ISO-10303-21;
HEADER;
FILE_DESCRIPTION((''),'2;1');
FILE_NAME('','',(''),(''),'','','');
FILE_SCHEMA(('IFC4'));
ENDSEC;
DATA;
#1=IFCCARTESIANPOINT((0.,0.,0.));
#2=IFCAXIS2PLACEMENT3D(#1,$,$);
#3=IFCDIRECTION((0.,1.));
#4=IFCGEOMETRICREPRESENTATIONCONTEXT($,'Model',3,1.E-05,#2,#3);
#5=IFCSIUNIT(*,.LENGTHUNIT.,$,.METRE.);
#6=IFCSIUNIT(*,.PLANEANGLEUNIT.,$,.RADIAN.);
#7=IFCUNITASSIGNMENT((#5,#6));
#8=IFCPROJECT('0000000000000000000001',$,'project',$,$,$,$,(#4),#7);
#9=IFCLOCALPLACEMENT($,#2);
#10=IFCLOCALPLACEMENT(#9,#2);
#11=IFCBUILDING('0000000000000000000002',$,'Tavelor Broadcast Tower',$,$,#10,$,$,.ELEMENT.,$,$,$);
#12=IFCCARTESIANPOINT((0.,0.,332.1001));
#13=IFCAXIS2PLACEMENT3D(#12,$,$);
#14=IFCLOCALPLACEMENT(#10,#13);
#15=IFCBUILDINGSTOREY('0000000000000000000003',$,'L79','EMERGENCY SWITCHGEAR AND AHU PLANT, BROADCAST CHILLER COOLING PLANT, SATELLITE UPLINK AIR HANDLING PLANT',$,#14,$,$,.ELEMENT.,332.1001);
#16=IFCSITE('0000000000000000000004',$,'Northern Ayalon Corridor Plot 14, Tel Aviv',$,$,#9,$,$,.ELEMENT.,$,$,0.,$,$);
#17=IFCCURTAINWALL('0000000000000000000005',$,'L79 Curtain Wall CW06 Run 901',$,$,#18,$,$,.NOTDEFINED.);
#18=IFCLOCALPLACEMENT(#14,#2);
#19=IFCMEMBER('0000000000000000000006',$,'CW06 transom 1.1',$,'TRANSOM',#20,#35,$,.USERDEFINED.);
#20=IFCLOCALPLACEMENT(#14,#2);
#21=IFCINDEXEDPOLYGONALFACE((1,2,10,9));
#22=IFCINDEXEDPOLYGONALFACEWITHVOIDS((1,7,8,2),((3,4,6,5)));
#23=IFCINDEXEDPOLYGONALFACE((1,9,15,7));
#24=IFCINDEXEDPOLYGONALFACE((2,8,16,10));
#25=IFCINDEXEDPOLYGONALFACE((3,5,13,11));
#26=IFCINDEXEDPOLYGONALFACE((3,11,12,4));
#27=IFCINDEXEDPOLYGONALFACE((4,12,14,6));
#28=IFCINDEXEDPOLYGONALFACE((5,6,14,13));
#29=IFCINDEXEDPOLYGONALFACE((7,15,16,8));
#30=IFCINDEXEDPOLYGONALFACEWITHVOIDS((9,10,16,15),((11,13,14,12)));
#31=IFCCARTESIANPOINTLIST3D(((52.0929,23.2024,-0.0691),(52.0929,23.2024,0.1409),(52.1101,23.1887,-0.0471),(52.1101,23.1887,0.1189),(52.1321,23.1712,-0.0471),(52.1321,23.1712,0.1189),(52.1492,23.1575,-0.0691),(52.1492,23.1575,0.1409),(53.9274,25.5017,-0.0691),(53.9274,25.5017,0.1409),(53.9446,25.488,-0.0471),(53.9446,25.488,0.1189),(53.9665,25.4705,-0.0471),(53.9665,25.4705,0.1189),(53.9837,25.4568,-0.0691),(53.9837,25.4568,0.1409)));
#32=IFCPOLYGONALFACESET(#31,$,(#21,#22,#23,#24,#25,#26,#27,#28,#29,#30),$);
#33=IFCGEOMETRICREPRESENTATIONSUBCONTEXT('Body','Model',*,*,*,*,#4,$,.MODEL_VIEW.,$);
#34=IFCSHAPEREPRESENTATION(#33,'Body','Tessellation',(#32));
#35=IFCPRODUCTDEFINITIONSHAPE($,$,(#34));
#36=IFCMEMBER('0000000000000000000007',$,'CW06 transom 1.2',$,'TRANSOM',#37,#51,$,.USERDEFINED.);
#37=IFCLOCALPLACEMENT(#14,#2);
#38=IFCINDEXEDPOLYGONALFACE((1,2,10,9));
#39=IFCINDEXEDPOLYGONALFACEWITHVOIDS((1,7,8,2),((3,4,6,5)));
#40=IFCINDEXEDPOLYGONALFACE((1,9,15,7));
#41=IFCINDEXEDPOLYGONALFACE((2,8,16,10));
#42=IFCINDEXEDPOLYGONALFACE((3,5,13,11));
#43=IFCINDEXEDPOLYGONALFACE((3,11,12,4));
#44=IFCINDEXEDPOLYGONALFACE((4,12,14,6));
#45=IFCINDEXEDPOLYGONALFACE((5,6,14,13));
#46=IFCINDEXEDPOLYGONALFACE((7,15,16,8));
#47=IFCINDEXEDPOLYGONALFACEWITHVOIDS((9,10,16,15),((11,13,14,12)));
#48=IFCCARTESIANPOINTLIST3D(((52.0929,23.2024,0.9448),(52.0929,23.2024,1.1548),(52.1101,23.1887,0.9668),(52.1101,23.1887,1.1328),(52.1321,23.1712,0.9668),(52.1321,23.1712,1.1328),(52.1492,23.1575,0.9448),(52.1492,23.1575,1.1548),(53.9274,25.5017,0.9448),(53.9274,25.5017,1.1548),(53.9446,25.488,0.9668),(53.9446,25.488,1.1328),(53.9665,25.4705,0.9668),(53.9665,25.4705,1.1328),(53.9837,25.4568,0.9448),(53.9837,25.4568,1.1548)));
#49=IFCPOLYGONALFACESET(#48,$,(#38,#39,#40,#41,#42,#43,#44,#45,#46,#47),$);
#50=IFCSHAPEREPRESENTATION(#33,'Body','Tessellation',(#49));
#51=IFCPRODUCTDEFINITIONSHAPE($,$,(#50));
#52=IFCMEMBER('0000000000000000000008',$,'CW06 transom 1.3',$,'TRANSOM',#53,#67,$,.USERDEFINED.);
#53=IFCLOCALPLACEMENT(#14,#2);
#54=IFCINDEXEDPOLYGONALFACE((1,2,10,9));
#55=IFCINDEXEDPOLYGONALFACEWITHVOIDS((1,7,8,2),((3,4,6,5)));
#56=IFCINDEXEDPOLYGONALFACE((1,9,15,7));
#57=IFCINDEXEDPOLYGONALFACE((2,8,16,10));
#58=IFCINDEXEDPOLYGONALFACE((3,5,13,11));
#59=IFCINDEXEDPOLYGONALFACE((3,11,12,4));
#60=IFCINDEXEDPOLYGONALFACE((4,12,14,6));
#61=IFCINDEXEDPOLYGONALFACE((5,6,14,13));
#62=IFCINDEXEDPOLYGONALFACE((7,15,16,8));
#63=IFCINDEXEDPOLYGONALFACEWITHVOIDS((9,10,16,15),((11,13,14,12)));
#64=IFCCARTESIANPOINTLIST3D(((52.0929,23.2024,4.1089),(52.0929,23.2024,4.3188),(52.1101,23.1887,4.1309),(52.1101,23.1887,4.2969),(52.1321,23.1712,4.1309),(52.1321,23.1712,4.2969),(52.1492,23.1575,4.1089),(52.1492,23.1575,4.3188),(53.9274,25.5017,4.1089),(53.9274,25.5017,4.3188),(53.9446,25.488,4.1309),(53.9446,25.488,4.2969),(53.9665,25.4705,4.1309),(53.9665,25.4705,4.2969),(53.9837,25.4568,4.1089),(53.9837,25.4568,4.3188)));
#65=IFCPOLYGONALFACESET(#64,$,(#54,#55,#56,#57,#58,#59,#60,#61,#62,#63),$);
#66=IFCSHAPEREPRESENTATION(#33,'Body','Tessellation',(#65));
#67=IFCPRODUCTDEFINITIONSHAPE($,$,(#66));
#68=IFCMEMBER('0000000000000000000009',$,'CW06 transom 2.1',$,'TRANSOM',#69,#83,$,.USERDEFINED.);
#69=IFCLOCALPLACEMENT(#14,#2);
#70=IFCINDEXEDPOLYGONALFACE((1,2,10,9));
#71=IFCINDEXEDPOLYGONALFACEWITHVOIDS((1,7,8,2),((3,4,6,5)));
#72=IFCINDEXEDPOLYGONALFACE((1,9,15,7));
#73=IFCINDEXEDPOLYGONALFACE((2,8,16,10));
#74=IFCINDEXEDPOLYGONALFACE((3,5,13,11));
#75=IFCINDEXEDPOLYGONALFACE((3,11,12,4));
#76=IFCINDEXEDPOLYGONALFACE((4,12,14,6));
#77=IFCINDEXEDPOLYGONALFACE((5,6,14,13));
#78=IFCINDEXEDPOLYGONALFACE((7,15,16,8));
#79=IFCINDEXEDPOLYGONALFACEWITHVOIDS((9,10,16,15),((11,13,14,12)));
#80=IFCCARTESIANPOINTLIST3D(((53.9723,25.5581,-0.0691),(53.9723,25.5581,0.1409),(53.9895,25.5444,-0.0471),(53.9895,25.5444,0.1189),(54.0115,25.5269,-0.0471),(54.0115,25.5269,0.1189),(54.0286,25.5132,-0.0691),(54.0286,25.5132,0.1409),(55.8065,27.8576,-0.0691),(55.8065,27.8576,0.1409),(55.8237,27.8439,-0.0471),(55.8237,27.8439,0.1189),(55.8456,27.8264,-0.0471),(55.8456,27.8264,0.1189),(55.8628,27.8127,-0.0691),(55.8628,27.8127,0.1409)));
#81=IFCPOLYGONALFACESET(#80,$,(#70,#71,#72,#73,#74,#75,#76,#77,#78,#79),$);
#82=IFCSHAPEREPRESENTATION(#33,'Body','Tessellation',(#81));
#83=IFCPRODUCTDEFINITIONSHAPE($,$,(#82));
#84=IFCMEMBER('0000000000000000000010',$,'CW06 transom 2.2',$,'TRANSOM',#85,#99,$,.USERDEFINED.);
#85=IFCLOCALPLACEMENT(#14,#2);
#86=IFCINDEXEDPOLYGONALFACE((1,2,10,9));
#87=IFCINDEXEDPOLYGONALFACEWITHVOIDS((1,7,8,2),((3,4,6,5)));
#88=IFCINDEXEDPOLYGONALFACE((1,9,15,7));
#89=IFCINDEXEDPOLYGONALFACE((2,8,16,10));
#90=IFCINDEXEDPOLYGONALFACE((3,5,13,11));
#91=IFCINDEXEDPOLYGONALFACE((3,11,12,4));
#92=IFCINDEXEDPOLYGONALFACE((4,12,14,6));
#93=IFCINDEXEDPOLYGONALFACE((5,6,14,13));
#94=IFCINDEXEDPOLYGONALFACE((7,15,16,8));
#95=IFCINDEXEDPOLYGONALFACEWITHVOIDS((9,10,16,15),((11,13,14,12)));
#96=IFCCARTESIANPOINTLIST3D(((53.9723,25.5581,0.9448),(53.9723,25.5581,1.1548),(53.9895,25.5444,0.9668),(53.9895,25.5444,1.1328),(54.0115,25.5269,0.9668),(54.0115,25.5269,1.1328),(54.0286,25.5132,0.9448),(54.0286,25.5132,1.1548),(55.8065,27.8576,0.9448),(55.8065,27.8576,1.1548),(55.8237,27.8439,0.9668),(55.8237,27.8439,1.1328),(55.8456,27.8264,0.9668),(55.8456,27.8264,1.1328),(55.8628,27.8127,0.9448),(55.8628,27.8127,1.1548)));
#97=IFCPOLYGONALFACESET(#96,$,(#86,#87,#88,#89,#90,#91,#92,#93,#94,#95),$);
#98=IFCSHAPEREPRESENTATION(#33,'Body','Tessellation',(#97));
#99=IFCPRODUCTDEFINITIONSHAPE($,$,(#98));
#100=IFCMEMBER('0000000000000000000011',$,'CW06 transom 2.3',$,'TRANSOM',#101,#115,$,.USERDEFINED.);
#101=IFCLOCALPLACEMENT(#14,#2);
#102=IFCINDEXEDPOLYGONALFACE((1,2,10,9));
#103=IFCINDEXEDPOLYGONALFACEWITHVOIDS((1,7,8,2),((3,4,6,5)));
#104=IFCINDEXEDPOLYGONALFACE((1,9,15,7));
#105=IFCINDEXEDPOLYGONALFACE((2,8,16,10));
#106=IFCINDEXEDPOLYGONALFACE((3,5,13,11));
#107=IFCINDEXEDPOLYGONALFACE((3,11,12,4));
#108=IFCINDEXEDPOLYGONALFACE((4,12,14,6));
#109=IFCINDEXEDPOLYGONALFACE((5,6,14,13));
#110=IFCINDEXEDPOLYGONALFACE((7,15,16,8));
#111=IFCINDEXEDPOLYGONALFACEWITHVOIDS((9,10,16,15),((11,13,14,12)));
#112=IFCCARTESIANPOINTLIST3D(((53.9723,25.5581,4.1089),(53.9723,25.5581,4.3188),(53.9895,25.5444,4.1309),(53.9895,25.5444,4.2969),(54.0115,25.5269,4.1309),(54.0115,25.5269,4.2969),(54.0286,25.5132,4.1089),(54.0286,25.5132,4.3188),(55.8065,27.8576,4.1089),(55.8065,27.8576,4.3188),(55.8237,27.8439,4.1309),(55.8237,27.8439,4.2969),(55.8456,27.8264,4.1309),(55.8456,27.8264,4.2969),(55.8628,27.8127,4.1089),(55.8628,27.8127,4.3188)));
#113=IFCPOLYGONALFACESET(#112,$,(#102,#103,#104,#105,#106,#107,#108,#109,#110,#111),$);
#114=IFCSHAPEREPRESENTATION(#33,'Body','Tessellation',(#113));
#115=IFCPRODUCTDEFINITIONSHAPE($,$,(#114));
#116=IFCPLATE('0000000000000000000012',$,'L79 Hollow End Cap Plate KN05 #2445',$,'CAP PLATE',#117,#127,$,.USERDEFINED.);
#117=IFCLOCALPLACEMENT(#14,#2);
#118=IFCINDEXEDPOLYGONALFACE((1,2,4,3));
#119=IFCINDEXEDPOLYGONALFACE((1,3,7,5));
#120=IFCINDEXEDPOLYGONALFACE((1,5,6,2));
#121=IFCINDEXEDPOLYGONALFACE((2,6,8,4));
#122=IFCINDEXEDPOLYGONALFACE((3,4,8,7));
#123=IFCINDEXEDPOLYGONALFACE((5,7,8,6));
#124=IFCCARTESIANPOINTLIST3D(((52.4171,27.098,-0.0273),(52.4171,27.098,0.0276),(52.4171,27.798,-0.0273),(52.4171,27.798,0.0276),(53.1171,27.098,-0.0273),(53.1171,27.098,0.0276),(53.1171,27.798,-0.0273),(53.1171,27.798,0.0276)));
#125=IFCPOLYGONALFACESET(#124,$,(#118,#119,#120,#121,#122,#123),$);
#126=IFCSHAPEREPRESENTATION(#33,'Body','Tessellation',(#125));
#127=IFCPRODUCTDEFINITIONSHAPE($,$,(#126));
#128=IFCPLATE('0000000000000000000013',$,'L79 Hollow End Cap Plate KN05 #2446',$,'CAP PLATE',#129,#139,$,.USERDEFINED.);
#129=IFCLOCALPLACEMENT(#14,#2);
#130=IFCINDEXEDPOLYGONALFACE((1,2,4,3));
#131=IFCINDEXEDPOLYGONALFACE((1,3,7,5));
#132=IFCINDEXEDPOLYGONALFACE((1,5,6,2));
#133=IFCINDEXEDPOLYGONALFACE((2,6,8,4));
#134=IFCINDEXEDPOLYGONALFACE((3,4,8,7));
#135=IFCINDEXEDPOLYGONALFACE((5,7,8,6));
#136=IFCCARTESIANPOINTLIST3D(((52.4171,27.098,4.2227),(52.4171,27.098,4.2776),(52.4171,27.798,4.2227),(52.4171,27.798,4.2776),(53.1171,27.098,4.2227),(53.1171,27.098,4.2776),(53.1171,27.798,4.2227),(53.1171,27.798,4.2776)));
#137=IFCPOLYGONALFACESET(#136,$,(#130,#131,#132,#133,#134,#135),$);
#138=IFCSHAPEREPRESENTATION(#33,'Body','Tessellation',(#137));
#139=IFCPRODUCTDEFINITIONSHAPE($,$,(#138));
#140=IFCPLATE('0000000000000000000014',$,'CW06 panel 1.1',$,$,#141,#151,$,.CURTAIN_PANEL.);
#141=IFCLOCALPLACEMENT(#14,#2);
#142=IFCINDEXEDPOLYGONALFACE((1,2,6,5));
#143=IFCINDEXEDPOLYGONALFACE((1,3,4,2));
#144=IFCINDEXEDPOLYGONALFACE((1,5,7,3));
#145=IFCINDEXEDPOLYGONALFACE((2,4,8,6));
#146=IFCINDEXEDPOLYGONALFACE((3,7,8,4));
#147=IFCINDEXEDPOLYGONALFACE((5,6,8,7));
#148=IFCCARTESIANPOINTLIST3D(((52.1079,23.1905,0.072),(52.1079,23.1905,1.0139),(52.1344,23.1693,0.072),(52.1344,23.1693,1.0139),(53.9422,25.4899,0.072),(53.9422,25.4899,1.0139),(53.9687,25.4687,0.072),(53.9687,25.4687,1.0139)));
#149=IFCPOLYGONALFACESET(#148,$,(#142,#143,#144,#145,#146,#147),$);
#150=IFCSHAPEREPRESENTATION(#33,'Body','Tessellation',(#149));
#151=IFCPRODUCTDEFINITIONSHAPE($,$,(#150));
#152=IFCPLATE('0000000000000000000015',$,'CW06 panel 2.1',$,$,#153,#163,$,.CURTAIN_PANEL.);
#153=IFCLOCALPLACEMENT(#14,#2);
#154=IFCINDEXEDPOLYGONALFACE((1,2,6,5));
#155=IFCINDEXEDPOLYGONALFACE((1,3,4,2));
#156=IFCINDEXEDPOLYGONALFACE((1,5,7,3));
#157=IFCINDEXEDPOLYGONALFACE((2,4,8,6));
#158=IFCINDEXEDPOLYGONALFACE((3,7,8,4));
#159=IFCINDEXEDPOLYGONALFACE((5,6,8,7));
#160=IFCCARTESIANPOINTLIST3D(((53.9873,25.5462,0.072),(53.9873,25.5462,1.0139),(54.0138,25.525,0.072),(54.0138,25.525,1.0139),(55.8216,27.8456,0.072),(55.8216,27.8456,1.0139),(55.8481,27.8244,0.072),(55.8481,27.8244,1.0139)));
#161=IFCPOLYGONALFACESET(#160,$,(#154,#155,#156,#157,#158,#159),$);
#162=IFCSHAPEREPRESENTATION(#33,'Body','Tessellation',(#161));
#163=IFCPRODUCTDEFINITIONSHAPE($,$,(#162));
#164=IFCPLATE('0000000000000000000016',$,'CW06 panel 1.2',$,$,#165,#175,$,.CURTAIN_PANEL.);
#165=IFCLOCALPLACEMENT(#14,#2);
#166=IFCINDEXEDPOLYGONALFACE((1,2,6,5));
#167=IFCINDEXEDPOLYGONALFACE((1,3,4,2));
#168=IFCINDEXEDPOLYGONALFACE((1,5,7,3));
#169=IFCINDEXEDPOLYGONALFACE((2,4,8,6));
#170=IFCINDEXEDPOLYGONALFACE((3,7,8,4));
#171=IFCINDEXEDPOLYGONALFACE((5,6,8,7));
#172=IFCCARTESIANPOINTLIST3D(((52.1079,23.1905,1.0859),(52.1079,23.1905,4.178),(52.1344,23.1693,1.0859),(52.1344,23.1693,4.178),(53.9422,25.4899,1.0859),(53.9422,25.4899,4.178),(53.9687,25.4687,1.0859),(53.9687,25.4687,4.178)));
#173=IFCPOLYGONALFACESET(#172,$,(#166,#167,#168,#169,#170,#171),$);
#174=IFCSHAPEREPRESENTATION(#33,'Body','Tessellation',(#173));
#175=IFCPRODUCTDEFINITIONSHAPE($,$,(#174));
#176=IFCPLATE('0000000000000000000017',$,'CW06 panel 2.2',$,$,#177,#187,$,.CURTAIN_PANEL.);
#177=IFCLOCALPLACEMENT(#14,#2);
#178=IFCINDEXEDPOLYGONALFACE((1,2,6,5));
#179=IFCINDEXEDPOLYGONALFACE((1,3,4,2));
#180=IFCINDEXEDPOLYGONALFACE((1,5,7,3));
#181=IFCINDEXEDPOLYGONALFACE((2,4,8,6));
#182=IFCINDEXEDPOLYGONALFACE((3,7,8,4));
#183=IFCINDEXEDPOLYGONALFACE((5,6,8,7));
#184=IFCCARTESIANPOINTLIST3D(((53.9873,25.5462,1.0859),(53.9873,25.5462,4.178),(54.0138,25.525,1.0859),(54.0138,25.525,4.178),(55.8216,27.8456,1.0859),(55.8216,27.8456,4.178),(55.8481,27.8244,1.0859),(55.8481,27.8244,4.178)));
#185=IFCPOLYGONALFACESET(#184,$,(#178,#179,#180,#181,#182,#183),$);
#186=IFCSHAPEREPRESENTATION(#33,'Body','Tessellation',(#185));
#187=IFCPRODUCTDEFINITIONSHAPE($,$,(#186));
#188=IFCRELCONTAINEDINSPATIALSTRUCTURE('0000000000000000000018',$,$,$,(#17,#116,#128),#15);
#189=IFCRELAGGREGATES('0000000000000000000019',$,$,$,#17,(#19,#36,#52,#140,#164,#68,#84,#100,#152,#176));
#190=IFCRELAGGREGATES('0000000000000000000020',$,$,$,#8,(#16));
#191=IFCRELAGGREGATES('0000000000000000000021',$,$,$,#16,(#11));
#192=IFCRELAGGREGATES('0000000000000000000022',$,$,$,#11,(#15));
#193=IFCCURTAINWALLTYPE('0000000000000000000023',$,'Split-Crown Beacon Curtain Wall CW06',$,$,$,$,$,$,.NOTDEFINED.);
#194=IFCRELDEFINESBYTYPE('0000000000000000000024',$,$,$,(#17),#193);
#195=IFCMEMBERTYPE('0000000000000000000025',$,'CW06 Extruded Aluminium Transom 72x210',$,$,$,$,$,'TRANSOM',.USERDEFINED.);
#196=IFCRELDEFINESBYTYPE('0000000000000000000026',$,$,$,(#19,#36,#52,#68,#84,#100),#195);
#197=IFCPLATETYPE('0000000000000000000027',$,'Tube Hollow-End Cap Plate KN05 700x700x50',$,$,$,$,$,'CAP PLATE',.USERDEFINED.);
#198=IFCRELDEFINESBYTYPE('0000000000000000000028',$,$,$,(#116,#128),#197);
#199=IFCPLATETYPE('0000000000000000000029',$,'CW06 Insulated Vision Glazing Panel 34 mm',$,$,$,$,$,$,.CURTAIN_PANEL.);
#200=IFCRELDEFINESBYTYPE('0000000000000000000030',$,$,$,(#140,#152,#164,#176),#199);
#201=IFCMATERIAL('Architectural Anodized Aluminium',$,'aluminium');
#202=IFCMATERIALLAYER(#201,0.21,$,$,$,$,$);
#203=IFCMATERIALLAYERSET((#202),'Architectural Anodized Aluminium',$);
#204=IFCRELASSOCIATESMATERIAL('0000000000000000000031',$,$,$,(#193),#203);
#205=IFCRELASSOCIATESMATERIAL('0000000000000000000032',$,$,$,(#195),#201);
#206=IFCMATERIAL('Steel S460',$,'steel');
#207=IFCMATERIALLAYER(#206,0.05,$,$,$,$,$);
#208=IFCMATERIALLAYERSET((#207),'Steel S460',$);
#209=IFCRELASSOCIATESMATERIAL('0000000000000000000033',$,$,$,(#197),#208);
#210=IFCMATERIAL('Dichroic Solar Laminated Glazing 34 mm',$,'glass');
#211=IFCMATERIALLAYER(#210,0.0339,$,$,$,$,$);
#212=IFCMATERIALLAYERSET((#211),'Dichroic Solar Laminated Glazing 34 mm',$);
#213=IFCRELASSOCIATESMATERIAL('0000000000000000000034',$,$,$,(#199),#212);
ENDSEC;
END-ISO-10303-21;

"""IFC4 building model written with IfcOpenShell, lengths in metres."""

from ifc_helpers import new_model, si_unit, direction, frame, origin, origin_2d, place, context, subcontext, project, spatial, rectangle, hollow_rectangle, extrude, source, transform, mapped, material, layer, layer_set, material_profile, profile_set, type_object, type_shapes, element, aggregate, save


model = new_model("IFC4")

# Units and contexts
model_context = context("Model", 3, precision=1e-05, world=origin(), true_north=direction((0.0, 1.0)))
body_context = subcontext(model_context, "Body", "Model", "MODEL_VIEW")
ifc_project = project(units=[si_unit("LENGTHUNIT", "METRE"), si_unit("PLANEANGLEUNIT", "RADIAN")], contexts=[model_context])

# Site, building, storey
site_placement = place(None, origin())
site = spatial("IfcSite", under=ifc_project, at=site_placement, Name="Northern Ayalon Corridor Plot 14, Tel Aviv", CompositionType="ELEMENT", RefElevation=0.0)
building_placement = place(site_placement, origin())
building = spatial("IfcBuilding", under=site, at=building_placement, Name="Tavelor Broadcast Tower", CompositionType="ELEMENT")
storey_placement = place(building_placement, frame((0.0, 0.0, 332.1001)))
storey = spatial("IfcBuildingStorey", under=building, at=storey_placement, Name="L79", Description="EMERGENCY SWITCHGEAR AND AHU PLANT, BROADCAST CHILLER COOLING PLANT, SATELLITE UPLINK AIR HANDLING PLANT", CompositionType="ELEMENT", Elevation=332.1001)

# Curtain wall
ifc_material_1 = material(Name="Architectural Anodized Aluminium", Category="aluminium")
ifc_layer_1 = layer(ifc_material_1, 0.21)
ifc_layer_set_1 = layer_set([ifc_layer_1], Name="Architectural Anodized Aluminium")
curtain_wall_type = type_object("IfcCurtainWallType", Name="Split-Crown Beacon Curtain Wall CW06", PredefinedType="NOTDEFINED", material=ifc_layer_set_1)
curtain_wall_1_placement = place(storey_placement, origin())
curtain_wall_1 = element("IfcCurtainWall", 1, at=curtain_wall_1_placement, inside=storey, type_object=curtain_wall_type, Name="L79 Curtain Wall CW06 Run 901", PredefinedType="NOTDEFINED")

# Members
ifc_material_profile_1 = material_profile(ifc_material_1, hollow_rectangle(XDim=0.072, YDim=0.21, WallThickness=0.022, at=origin_2d()), Name="RHS 72x210x22")
ifc_profile_set_1 = profile_set([ifc_material_profile_1], Name="Architectural Anodized Aluminium")
member_type_1 = type_object("IfcMemberType", Name="CW06 Extruded Aluminium Transom 72x210", ElementType="TRANSOM", PredefinedType="USERDEFINED", material=ifc_profile_set_1)
shared_shape_1 = source(origin(), body_context, "Body", "SweptSolid", [
    extrude(hollow_rectangle(XDim=0.072, YDim=0.21, WallThickness=0.022, at=origin_2d()), origin(), (0.0, 0.0, 1.0), 2.9414),
])
member_1_placement = place(storey_placement, frame((52.1211, 23.1799, 0.0359), z_axis=(0.623662, 0.781694, 0.0), x_axis=(-0.781694, 0.623662, 0.0)))
member_1 = element("IfcMember", 2, at=member_1_placement, type_object=member_type_1, Name="CW06 transom 1.1", ObjectType="TRANSOM", PredefinedType="USERDEFINED", context=body_context, shape_type="MappedRepresentation", body=[
    mapped(shared_shape_1, transform((0.0, 0.0, 0.0), scale=1.0)),
])
member_2_placement = place(storey_placement, frame((52.1211, 23.1799, 1.0498), z_axis=(0.623662, 0.781694, 0.0), x_axis=(-0.781694, 0.623662, 0.0)))
member_2 = element("IfcMember", 3, at=member_2_placement, type_object=member_type_1, Name="CW06 transom 1.2", ObjectType="TRANSOM", PredefinedType="USERDEFINED", context=body_context, shape_type="MappedRepresentation", body=[
    mapped(shared_shape_1, transform((0.0, 0.0, 0.0), scale=1.0)),
])
member_3_placement = place(storey_placement, frame((52.1211, 23.1799, 4.2139), z_axis=(0.623662, 0.781694, 0.0), x_axis=(-0.781694, 0.623662, 0.0)))
member_3 = element("IfcMember", 4, at=member_3_placement, type_object=member_type_1, Name="CW06 transom 1.3", ObjectType="TRANSOM", PredefinedType="USERDEFINED", context=body_context, shape_type="MappedRepresentation", body=[
    mapped(shared_shape_1, transform((0.0, 0.0, 0.0), scale=1.0)),
])
member_4_placement = place(storey_placement, frame((54.0005, 25.5356, 0.0359), z_axis=(0.623571, 0.781767, 0.0), x_axis=(-0.781767, 0.623571, 0.0)))
member_4 = element("IfcMember", 5, at=member_4_placement, type_object=member_type_1, Name="CW06 transom 2.1", ObjectType="TRANSOM", PredefinedType="USERDEFINED", context=body_context, shape_type="MappedRepresentation", body=[
    mapped(shared_shape_1, transform((0.0, 0.0, 0.0), scale=1.0)),
])
member_5_placement = place(storey_placement, frame((54.0005, 25.5356, 1.0498), z_axis=(0.623571, 0.781767, 0.0), x_axis=(-0.781767, 0.623571, 0.0)))
member_5 = element("IfcMember", 6, at=member_5_placement, type_object=member_type_1, Name="CW06 transom 2.2", ObjectType="TRANSOM", PredefinedType="USERDEFINED", context=body_context, shape_type="MappedRepresentation", body=[
    mapped(shared_shape_1, transform((0.0, 0.0, 0.0), scale=1.0)),
])
member_6_placement = place(storey_placement, frame((54.0005, 25.5356, 4.2139), z_axis=(0.623571, 0.781767, 0.0), x_axis=(-0.781767, 0.623571, 0.0)))
member_6 = element("IfcMember", 7, at=member_6_placement, type_object=member_type_1, Name="CW06 transom 2.3", ObjectType="TRANSOM", PredefinedType="USERDEFINED", context=body_context, shape_type="MappedRepresentation", body=[
    mapped(shared_shape_1, transform((0.0, 0.0, 0.0), scale=1.0)),
])

# Plates
ifc_material_2 = material(Name="Steel S460", Category="steel")
ifc_layer_2 = layer(ifc_material_2, 0.05)
ifc_layer_set_2 = layer_set([ifc_layer_2], Name="Steel S460")
plate_type_1 = type_object("IfcPlateType", Name="Tube Hollow-End Cap Plate KN05 700x700x50", ElementType="CAP PLATE", PredefinedType="USERDEFINED", material=ifc_layer_set_2)
shared_shape_2 = source(origin(), body_context, "Body", "SweptSolid", [
    extrude(rectangle(XDim=0.7, YDim=0.7, at=origin_2d()), origin(), (0.0, 0.0, 1.0), 0.0549),
])
type_shapes(plate_type_1, [shared_shape_2])
for number, where, z_axis, x_axis, name in (
    (8, (52.7671, 27.448, -0.0273), (0.0, 0.0, 1.0), (1.0, 0.0, 0.0), "L79 Hollow End Cap Plate KN05 #2445"),
    (9, (52.7671, 27.448, 4.2227), (0.0, 0.0, 1.0), (1.0, 0.0, 0.0), "L79 Hollow End Cap Plate KN05 #2446"),
):
    element("IfcPlate", number, at=place(storey_placement, frame(where, z_axis=z_axis, x_axis=x_axis)), inside=storey, type_object=plate_type_1, Name=name, ObjectType="CAP PLATE", PredefinedType="USERDEFINED", context=body_context, shape_type="MappedRepresentation", body=[
        mapped(shared_shape_2, transform((0.0, 0.0, 0.0), scale=1.0)),
    ])

# Plates
ifc_material_3 = material(Name="Dichroic Solar Laminated Glazing 34 mm", Category="glass")
ifc_layer_3 = layer(ifc_material_3, 0.0339)
ifc_layer_set_3 = layer_set([ifc_layer_3], Name="Dichroic Solar Laminated Glazing 34 mm")
plate_type_2 = type_object("IfcPlateType", Name="CW06 Insulated Vision Glazing Panel 34 mm", PredefinedType="CURTAIN_PANEL", material=ifc_layer_set_3)
shared_shape_3 = source(origin(), body_context, "Body", "SweptSolid", [
    extrude(rectangle(XDim=2.9414, YDim=0.0339, at=origin_2d()), origin(), (0.0, 0.0, 1.0), 0.9419),
])
plate_1_placement = place(storey_placement, frame((53.0383, 24.3296, 0.072), z_axis=(0.0, 0.0, 1.0), x_axis=(0.623611, 0.781735, 0.0)))
plate_1 = element("IfcPlate", 10, at=plate_1_placement, type_object=plate_type_2, Name="CW06 panel 1.1", PredefinedType="CURTAIN_PANEL", context=body_context, shape_type="MappedRepresentation", body=[
    mapped(shared_shape_3, transform((0.0, 0.0, 0.0), scale=1.0)),
])
plate_2_placement = place(storey_placement, frame((54.9177, 26.6853, 0.072), z_axis=(0.0, 0.0, 1.0), x_axis=(0.623611, 0.781735, 0.0)))
plate_2 = element("IfcPlate", 11, at=plate_2_placement, type_object=plate_type_2, Name="CW06 panel 2.1", PredefinedType="CURTAIN_PANEL", context=body_context, shape_type="MappedRepresentation", body=[
    mapped(shared_shape_3, transform((0.0, 0.0, 0.0), scale=1.0)),
])
shared_shape_4 = source(origin(), body_context, "Body", "SweptSolid", [
    extrude(rectangle(XDim=2.9414, YDim=0.0339, at=origin_2d()), origin(), (0.0, 0.0, 1.0), 3.092),
])
plate_3_placement = place(storey_placement, frame((53.0383, 24.3296, 1.0859), z_axis=(0.0, 0.0, 1.0), x_axis=(0.623611, 0.781735, 0.0)))
plate_3 = element("IfcPlate", 12, at=plate_3_placement, type_object=plate_type_2, Name="CW06 panel 1.2", PredefinedType="CURTAIN_PANEL", context=body_context, shape_type="MappedRepresentation", body=[
    mapped(shared_shape_4, transform((0.0, 0.0, 0.0), scale=1.0)),
])
plate_4_placement = place(storey_placement, frame((54.9177, 26.6853, 1.0859), z_axis=(0.0, 0.0, 1.0), x_axis=(0.623611, 0.781735, 0.0)))
plate_4 = element("IfcPlate", 13, at=plate_4_placement, type_object=plate_type_2, Name="CW06 panel 2.2", PredefinedType="CURTAIN_PANEL", context=body_context, shape_type="MappedRepresentation", body=[
    mapped(shared_shape_4, transform((0.0, 0.0, 0.0), scale=1.0)),
])
aggregate(curtain_wall_1, [member_1, member_2, member_3, plate_1, plate_3, member_4, member_5, member_6, plate_2, plate_4])

save(model, "model.ifc")
